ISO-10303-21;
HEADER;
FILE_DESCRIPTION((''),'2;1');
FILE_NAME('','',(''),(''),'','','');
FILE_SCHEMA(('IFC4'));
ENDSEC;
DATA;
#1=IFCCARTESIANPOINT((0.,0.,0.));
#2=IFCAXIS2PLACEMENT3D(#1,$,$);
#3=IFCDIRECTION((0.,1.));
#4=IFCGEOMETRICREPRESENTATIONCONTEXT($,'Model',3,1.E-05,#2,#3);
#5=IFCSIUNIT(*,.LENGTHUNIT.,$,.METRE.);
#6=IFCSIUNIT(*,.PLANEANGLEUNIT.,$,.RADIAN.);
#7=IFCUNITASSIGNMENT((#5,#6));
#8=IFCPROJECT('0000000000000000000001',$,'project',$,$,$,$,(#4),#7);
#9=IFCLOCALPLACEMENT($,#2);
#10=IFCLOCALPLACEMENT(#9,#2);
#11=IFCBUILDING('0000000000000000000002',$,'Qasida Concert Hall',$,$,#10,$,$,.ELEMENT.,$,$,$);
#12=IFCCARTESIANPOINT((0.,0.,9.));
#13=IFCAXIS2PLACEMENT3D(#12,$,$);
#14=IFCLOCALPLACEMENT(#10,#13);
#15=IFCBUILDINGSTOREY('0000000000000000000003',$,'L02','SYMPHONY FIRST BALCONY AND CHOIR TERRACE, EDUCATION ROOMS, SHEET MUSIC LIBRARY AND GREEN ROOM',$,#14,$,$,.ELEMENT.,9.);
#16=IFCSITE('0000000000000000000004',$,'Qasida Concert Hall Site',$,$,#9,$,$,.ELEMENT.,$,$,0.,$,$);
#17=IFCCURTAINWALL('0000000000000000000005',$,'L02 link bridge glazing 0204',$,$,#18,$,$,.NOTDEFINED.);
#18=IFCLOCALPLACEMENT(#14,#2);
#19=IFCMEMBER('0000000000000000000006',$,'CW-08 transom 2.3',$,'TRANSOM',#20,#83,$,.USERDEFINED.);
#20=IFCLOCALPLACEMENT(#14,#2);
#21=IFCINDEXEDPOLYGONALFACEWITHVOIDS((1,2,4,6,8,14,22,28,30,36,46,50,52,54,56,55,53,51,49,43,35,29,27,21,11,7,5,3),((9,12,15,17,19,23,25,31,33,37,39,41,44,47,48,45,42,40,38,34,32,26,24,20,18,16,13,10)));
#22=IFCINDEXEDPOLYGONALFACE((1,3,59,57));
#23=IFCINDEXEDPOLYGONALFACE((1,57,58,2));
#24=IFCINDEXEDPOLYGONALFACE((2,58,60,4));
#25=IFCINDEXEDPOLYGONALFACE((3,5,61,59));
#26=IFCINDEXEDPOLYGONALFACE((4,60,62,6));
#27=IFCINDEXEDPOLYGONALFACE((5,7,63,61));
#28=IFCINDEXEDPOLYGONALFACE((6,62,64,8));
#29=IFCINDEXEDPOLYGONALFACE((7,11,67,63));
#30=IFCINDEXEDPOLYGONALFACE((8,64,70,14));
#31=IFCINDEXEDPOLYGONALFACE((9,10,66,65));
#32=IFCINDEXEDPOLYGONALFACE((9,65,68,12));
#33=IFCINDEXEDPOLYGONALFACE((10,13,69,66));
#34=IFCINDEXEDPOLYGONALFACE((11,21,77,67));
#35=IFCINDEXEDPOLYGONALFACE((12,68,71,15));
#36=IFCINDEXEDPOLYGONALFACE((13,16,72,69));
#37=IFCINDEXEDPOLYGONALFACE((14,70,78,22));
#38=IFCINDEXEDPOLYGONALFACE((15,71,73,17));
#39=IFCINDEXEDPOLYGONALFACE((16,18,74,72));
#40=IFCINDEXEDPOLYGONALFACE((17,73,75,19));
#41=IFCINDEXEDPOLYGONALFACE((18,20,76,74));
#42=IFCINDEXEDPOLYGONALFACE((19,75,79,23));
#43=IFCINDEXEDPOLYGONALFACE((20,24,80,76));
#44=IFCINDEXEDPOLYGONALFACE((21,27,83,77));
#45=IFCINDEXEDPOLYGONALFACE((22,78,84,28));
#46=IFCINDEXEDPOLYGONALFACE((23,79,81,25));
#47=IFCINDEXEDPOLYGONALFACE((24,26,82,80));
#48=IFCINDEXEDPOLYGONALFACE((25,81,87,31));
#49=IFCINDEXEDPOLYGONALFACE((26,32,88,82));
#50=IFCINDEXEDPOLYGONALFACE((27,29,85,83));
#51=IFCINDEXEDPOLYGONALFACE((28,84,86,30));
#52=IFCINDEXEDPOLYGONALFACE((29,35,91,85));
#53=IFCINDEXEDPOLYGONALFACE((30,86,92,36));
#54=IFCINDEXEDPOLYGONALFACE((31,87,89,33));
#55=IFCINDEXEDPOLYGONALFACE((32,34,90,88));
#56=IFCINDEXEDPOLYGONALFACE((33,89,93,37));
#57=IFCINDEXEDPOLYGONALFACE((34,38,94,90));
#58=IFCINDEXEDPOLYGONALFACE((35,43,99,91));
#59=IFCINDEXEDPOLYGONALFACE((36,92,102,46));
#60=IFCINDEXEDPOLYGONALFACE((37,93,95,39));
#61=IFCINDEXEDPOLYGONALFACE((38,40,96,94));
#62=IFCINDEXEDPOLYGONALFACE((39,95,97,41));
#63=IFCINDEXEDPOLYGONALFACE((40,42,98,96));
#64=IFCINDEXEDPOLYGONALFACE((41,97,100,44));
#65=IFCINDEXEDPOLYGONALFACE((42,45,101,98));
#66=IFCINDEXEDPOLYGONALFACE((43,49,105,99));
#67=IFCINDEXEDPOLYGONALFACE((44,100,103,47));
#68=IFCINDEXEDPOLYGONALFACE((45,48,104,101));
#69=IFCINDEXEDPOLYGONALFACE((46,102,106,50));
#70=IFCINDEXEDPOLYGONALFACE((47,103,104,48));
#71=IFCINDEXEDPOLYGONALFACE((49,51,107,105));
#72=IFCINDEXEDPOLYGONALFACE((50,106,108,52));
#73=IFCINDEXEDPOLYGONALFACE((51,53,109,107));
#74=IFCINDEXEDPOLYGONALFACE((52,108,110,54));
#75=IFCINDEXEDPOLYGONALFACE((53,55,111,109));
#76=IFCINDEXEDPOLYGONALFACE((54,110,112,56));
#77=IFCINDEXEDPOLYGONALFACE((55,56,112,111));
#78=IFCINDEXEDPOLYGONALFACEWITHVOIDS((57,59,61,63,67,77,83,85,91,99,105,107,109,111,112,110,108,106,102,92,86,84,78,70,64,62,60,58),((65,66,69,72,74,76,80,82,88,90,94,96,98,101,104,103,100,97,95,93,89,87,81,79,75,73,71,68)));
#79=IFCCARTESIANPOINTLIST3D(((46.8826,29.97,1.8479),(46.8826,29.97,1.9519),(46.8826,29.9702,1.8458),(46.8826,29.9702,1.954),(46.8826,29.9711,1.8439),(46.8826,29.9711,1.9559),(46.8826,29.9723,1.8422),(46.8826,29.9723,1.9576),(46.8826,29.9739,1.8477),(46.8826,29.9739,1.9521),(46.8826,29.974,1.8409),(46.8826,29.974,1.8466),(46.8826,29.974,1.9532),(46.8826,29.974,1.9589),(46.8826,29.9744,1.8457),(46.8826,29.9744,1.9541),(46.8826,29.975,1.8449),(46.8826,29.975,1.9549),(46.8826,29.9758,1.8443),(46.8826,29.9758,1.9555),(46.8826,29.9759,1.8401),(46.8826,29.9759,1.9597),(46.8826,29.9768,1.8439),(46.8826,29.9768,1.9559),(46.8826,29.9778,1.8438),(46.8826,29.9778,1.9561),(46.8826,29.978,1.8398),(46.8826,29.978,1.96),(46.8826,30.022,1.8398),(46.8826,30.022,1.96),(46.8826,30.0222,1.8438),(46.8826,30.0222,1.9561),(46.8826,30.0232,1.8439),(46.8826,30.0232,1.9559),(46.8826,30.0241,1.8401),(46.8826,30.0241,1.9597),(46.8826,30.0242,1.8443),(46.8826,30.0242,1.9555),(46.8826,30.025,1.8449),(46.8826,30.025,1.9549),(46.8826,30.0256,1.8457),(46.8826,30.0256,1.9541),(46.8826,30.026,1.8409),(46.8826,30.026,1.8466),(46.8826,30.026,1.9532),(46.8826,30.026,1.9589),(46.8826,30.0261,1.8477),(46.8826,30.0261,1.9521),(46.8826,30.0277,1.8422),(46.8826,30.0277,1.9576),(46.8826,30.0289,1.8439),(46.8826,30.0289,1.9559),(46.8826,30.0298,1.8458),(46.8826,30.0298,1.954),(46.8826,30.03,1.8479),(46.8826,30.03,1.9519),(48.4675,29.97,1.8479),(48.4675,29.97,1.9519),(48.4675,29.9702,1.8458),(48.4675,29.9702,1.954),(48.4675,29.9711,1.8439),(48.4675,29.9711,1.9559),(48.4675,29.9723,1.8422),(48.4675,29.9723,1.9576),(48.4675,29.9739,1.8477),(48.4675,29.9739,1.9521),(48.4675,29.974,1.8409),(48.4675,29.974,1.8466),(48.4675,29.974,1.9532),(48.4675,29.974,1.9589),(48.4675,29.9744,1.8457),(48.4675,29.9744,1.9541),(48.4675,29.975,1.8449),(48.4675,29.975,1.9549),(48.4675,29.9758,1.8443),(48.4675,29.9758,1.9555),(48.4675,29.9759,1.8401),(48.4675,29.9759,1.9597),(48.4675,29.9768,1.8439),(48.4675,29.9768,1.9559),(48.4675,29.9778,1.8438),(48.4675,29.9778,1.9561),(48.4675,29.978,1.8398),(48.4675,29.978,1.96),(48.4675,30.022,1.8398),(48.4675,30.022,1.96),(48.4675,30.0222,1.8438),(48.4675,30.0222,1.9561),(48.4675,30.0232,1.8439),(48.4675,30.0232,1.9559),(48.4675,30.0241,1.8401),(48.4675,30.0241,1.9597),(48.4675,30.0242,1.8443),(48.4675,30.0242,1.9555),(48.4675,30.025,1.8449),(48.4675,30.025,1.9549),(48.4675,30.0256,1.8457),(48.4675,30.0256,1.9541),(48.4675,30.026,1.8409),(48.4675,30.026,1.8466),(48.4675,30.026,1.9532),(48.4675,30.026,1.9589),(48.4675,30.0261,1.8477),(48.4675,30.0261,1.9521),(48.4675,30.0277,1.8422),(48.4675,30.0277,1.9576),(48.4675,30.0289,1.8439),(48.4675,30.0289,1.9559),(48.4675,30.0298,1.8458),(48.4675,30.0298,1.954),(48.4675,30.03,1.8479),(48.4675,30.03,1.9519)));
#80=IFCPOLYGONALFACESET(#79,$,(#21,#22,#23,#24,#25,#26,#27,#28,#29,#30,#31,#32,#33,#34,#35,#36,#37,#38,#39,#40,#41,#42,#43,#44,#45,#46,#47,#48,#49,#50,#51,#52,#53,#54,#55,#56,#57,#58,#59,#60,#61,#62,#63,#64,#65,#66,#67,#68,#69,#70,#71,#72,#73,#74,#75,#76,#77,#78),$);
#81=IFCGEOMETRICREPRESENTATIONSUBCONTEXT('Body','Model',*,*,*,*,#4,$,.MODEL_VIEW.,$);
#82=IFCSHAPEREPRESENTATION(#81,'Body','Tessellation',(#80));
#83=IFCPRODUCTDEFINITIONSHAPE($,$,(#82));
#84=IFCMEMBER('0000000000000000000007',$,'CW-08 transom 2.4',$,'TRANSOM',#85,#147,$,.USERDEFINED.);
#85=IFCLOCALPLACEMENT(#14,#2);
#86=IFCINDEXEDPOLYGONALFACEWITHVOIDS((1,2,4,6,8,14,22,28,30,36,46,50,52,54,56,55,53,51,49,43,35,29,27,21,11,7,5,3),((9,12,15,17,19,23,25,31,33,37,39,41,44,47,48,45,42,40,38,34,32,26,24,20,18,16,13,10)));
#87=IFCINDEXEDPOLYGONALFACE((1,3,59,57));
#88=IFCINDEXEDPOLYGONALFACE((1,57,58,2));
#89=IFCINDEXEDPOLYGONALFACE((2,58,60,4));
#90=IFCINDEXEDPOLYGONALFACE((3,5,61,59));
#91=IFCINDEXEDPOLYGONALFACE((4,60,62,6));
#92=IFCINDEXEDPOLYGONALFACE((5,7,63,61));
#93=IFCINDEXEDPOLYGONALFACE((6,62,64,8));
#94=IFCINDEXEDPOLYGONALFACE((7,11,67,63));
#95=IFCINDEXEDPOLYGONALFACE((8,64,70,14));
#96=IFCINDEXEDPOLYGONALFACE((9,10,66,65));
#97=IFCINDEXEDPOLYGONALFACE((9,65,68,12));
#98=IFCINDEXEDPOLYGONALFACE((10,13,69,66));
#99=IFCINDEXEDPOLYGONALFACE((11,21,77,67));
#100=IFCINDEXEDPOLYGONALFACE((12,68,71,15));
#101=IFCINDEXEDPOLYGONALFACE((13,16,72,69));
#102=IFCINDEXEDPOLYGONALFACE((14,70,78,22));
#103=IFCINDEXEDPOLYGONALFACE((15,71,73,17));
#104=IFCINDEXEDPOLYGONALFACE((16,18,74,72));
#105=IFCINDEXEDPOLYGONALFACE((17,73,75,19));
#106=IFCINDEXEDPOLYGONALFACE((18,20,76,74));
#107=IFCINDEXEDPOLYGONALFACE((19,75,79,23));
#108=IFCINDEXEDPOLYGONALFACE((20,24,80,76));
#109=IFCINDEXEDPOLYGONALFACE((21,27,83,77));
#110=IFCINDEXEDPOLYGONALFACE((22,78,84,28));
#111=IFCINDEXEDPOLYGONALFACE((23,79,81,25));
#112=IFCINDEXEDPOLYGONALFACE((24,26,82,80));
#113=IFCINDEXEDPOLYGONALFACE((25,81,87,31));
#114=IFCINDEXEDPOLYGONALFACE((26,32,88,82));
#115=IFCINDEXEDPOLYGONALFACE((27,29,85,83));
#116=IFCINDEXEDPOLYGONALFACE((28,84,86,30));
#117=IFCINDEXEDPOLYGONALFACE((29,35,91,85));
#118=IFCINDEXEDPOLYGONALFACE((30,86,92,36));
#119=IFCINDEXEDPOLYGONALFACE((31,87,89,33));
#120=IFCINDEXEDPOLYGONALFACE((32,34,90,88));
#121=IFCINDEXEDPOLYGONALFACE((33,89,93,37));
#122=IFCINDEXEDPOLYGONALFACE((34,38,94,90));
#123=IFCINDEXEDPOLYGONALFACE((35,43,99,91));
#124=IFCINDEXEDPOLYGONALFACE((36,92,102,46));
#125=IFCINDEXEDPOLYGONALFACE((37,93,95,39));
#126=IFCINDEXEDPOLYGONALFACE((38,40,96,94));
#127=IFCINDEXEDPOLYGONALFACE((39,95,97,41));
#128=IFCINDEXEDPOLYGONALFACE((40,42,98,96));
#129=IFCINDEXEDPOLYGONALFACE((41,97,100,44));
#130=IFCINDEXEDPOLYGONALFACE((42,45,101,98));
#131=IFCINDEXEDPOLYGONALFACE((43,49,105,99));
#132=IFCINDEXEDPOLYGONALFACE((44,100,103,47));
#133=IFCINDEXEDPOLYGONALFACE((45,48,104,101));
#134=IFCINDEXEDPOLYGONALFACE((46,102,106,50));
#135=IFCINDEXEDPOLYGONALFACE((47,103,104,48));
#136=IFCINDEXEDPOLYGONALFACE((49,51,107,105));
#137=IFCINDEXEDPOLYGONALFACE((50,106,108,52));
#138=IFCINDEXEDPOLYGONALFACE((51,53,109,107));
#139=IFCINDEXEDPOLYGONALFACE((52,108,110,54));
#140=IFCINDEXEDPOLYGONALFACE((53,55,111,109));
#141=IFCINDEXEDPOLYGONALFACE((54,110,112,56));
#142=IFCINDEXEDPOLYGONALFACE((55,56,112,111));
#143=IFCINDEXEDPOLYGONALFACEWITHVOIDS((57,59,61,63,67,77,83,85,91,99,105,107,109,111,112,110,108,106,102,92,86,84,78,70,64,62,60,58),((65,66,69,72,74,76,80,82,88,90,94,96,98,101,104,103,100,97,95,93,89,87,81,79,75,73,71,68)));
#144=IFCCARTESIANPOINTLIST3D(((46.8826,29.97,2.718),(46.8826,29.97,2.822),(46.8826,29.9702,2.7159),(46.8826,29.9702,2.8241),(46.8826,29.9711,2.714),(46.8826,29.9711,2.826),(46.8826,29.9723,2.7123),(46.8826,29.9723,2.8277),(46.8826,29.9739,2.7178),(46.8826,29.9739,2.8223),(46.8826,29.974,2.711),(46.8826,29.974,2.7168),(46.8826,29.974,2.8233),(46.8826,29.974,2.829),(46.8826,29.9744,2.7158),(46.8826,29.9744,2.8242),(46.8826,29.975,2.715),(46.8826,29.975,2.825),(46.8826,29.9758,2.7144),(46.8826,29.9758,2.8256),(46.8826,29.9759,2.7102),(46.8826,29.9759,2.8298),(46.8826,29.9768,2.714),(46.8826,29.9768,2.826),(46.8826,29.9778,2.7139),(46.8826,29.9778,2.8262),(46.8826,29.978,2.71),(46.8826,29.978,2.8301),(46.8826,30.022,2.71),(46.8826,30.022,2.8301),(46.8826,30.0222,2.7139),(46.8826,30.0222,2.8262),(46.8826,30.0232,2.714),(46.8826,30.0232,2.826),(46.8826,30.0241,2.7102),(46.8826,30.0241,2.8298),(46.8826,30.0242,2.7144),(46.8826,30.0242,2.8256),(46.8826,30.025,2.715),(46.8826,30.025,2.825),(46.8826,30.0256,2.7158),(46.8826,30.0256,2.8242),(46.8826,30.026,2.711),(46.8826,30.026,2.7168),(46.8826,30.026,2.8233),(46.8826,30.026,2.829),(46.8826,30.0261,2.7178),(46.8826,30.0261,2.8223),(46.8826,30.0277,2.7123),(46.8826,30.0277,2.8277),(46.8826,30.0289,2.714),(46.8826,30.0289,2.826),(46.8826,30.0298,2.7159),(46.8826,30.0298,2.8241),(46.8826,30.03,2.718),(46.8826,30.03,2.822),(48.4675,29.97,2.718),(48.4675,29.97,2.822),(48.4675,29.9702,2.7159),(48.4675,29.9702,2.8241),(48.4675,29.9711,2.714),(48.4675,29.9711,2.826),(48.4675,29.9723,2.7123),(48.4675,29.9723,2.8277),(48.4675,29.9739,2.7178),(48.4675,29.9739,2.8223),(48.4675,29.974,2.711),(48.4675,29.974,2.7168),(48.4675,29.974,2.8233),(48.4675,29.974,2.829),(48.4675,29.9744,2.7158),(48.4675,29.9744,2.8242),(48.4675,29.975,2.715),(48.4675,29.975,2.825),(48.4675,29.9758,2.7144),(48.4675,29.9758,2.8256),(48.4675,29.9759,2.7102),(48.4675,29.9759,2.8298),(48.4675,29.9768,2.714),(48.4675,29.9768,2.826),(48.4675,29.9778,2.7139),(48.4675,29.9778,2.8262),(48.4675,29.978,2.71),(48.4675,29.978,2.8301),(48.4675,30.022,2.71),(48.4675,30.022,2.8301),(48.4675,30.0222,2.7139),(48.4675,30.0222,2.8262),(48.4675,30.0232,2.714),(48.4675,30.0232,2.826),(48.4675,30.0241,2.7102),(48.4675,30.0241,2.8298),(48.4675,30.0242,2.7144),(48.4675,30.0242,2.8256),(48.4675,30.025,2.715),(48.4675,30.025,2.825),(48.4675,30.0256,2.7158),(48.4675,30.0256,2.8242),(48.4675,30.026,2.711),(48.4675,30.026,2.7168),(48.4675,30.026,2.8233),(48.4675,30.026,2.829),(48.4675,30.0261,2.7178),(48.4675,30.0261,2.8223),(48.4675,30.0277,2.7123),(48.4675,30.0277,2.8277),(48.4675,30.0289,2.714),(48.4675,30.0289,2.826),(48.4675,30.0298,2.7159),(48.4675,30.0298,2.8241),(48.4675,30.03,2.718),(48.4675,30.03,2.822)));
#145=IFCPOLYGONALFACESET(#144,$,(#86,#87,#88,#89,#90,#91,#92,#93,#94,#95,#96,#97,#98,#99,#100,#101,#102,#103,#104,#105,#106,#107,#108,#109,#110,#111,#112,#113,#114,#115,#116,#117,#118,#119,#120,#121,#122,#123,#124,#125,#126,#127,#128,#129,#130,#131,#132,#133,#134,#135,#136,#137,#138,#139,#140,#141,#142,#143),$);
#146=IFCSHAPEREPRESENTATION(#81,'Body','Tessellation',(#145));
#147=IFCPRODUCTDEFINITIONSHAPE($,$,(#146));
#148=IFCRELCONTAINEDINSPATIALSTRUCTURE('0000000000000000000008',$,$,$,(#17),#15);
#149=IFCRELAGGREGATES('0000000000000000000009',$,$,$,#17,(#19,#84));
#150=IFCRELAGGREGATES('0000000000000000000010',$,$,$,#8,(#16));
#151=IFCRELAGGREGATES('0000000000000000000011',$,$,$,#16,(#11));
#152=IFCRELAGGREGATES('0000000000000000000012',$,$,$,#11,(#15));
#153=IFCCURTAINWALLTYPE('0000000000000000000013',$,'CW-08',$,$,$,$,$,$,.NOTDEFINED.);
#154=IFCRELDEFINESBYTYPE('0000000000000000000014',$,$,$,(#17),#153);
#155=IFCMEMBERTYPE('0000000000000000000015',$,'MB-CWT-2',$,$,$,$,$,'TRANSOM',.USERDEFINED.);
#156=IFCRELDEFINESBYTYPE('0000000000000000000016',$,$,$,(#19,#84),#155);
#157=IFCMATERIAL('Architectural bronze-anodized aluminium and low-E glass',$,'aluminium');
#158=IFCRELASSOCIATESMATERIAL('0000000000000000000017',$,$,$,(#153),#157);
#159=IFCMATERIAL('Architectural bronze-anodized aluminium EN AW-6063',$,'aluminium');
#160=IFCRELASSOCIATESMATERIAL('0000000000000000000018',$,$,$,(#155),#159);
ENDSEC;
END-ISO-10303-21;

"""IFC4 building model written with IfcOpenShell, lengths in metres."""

from ifc_helpers import new_model, si_unit, direction, frame, origin, origin_2d, place, context, subcontext, project, spatial, hollow_rectangle, extrude, material, material_profile, profile_set, type_object, element, aggregate, save


model = new_model("IFC4")

# Units and contexts
model_context = context("Model", 3, precision=1e-05, world=origin(), true_north=direction((0.0, 1.0)))
body_context = subcontext(model_context, "Body", "Model", "MODEL_VIEW")
ifc_project = project(units=[si_unit("LENGTHUNIT", "METRE"), si_unit("PLANEANGLEUNIT", "RADIAN")], contexts=[model_context])

# Site, building, storey
site_placement = place(None, origin())
site = spatial("IfcSite", under=ifc_project, at=site_placement, Name="Qasida Concert Hall Site", CompositionType="ELEMENT", RefElevation=0.0)
building_placement = place(site_placement, origin())
building = spatial("IfcBuilding", under=site, at=building_placement, Name="Qasida Concert Hall", CompositionType="ELEMENT")
storey_placement = place(building_placement, frame((0.0, 0.0, 9.0)))
storey = spatial("IfcBuildingStorey", under=building, at=storey_placement, Name="L02", Description="SYMPHONY FIRST BALCONY AND CHOIR TERRACE, EDUCATION ROOMS, SHEET MUSIC LIBRARY AND GREEN ROOM", CompositionType="ELEMENT", Elevation=9.0)

# Shared definitions
ifc_material_1 = material(Name="Architectural bronze-anodized aluminium and low-E glass", Category="aluminium")
curtain_wall_type = type_object("IfcCurtainWallType", Name="CW-08", PredefinedType="NOTDEFINED", material=ifc_material_1)
ifc_material_2 = material(Name="Architectural bronze-anodized aluminium EN AW-6063", Category="aluminium")

# Curtain wall
curtain_wall_1_placement = place(storey_placement, origin())
curtain_wall_1 = element("IfcCurtainWall", 1, at=curtain_wall_1_placement, inside=storey, type_object=curtain_wall_type, Name="L02 link bridge glazing 0204", PredefinedType="NOTDEFINED")

# Members
ifc_material_profile_1 = material_profile(ifc_material_2, hollow_rectangle(XDim=0.0601, YDim=0.1201, WallThickness=0.0039, InnerFilletRadius=0.0039, OuterFilletRadius=0.0081, at=origin_2d()), Name="CWT 120x60x4")
ifc_profile_set_1 = profile_set([ifc_material_profile_1], Name="Architectural bronze-anodized aluminium EN AW-6063")
member_type_1 = type_object("IfcMemberType", Name="MB-CWT-2", ElementType="TRANSOM", PredefinedType="USERDEFINED", material=ifc_profile_set_1)
member_1_placement = place(storey_placement, frame((46.8826, 30.0, 1.8999), z_axis=(1.0, 0.0, 0.0), x_axis=(0.0, 1.0, 0.0)))
member_1 = element("IfcMember", 2, at=member_1_placement, type_object=member_type_1, Name="CW-08 transom 2.3", ObjectType="TRANSOM", PredefinedType="USERDEFINED", context=body_context, shape_type="SweptSolid", body=[
    extrude(hollow_rectangle(XDim=0.0601, YDim=0.1201, WallThickness=0.0039, InnerFilletRadius=0.0039, OuterFilletRadius=0.0081, at=origin_2d()), origin(), (0.0, 0.0, 1.0), 1.585),
])
member_2_placement = place(storey_placement, frame((46.8826, 30.0, 2.77), z_axis=(1.0, 0.0, 0.0), x_axis=(0.0, 1.0, 0.0)))
member_2 = element("IfcMember", 3, at=member_2_placement, type_object=member_type_1, Name="CW-08 transom 2.4", ObjectType="TRANSOM", PredefinedType="USERDEFINED", context=body_context, shape_type="SweptSolid", body=[
    extrude(hollow_rectangle(XDim=0.0601, YDim=0.1201, WallThickness=0.0039, InnerFilletRadius=0.0039, OuterFilletRadius=0.0081, at=origin_2d()), origin(), (0.0, 0.0, 1.0), 1.585),
])

aggregate(curtain_wall_1, [member_1, member_2])

save(model, "model.ifc")
